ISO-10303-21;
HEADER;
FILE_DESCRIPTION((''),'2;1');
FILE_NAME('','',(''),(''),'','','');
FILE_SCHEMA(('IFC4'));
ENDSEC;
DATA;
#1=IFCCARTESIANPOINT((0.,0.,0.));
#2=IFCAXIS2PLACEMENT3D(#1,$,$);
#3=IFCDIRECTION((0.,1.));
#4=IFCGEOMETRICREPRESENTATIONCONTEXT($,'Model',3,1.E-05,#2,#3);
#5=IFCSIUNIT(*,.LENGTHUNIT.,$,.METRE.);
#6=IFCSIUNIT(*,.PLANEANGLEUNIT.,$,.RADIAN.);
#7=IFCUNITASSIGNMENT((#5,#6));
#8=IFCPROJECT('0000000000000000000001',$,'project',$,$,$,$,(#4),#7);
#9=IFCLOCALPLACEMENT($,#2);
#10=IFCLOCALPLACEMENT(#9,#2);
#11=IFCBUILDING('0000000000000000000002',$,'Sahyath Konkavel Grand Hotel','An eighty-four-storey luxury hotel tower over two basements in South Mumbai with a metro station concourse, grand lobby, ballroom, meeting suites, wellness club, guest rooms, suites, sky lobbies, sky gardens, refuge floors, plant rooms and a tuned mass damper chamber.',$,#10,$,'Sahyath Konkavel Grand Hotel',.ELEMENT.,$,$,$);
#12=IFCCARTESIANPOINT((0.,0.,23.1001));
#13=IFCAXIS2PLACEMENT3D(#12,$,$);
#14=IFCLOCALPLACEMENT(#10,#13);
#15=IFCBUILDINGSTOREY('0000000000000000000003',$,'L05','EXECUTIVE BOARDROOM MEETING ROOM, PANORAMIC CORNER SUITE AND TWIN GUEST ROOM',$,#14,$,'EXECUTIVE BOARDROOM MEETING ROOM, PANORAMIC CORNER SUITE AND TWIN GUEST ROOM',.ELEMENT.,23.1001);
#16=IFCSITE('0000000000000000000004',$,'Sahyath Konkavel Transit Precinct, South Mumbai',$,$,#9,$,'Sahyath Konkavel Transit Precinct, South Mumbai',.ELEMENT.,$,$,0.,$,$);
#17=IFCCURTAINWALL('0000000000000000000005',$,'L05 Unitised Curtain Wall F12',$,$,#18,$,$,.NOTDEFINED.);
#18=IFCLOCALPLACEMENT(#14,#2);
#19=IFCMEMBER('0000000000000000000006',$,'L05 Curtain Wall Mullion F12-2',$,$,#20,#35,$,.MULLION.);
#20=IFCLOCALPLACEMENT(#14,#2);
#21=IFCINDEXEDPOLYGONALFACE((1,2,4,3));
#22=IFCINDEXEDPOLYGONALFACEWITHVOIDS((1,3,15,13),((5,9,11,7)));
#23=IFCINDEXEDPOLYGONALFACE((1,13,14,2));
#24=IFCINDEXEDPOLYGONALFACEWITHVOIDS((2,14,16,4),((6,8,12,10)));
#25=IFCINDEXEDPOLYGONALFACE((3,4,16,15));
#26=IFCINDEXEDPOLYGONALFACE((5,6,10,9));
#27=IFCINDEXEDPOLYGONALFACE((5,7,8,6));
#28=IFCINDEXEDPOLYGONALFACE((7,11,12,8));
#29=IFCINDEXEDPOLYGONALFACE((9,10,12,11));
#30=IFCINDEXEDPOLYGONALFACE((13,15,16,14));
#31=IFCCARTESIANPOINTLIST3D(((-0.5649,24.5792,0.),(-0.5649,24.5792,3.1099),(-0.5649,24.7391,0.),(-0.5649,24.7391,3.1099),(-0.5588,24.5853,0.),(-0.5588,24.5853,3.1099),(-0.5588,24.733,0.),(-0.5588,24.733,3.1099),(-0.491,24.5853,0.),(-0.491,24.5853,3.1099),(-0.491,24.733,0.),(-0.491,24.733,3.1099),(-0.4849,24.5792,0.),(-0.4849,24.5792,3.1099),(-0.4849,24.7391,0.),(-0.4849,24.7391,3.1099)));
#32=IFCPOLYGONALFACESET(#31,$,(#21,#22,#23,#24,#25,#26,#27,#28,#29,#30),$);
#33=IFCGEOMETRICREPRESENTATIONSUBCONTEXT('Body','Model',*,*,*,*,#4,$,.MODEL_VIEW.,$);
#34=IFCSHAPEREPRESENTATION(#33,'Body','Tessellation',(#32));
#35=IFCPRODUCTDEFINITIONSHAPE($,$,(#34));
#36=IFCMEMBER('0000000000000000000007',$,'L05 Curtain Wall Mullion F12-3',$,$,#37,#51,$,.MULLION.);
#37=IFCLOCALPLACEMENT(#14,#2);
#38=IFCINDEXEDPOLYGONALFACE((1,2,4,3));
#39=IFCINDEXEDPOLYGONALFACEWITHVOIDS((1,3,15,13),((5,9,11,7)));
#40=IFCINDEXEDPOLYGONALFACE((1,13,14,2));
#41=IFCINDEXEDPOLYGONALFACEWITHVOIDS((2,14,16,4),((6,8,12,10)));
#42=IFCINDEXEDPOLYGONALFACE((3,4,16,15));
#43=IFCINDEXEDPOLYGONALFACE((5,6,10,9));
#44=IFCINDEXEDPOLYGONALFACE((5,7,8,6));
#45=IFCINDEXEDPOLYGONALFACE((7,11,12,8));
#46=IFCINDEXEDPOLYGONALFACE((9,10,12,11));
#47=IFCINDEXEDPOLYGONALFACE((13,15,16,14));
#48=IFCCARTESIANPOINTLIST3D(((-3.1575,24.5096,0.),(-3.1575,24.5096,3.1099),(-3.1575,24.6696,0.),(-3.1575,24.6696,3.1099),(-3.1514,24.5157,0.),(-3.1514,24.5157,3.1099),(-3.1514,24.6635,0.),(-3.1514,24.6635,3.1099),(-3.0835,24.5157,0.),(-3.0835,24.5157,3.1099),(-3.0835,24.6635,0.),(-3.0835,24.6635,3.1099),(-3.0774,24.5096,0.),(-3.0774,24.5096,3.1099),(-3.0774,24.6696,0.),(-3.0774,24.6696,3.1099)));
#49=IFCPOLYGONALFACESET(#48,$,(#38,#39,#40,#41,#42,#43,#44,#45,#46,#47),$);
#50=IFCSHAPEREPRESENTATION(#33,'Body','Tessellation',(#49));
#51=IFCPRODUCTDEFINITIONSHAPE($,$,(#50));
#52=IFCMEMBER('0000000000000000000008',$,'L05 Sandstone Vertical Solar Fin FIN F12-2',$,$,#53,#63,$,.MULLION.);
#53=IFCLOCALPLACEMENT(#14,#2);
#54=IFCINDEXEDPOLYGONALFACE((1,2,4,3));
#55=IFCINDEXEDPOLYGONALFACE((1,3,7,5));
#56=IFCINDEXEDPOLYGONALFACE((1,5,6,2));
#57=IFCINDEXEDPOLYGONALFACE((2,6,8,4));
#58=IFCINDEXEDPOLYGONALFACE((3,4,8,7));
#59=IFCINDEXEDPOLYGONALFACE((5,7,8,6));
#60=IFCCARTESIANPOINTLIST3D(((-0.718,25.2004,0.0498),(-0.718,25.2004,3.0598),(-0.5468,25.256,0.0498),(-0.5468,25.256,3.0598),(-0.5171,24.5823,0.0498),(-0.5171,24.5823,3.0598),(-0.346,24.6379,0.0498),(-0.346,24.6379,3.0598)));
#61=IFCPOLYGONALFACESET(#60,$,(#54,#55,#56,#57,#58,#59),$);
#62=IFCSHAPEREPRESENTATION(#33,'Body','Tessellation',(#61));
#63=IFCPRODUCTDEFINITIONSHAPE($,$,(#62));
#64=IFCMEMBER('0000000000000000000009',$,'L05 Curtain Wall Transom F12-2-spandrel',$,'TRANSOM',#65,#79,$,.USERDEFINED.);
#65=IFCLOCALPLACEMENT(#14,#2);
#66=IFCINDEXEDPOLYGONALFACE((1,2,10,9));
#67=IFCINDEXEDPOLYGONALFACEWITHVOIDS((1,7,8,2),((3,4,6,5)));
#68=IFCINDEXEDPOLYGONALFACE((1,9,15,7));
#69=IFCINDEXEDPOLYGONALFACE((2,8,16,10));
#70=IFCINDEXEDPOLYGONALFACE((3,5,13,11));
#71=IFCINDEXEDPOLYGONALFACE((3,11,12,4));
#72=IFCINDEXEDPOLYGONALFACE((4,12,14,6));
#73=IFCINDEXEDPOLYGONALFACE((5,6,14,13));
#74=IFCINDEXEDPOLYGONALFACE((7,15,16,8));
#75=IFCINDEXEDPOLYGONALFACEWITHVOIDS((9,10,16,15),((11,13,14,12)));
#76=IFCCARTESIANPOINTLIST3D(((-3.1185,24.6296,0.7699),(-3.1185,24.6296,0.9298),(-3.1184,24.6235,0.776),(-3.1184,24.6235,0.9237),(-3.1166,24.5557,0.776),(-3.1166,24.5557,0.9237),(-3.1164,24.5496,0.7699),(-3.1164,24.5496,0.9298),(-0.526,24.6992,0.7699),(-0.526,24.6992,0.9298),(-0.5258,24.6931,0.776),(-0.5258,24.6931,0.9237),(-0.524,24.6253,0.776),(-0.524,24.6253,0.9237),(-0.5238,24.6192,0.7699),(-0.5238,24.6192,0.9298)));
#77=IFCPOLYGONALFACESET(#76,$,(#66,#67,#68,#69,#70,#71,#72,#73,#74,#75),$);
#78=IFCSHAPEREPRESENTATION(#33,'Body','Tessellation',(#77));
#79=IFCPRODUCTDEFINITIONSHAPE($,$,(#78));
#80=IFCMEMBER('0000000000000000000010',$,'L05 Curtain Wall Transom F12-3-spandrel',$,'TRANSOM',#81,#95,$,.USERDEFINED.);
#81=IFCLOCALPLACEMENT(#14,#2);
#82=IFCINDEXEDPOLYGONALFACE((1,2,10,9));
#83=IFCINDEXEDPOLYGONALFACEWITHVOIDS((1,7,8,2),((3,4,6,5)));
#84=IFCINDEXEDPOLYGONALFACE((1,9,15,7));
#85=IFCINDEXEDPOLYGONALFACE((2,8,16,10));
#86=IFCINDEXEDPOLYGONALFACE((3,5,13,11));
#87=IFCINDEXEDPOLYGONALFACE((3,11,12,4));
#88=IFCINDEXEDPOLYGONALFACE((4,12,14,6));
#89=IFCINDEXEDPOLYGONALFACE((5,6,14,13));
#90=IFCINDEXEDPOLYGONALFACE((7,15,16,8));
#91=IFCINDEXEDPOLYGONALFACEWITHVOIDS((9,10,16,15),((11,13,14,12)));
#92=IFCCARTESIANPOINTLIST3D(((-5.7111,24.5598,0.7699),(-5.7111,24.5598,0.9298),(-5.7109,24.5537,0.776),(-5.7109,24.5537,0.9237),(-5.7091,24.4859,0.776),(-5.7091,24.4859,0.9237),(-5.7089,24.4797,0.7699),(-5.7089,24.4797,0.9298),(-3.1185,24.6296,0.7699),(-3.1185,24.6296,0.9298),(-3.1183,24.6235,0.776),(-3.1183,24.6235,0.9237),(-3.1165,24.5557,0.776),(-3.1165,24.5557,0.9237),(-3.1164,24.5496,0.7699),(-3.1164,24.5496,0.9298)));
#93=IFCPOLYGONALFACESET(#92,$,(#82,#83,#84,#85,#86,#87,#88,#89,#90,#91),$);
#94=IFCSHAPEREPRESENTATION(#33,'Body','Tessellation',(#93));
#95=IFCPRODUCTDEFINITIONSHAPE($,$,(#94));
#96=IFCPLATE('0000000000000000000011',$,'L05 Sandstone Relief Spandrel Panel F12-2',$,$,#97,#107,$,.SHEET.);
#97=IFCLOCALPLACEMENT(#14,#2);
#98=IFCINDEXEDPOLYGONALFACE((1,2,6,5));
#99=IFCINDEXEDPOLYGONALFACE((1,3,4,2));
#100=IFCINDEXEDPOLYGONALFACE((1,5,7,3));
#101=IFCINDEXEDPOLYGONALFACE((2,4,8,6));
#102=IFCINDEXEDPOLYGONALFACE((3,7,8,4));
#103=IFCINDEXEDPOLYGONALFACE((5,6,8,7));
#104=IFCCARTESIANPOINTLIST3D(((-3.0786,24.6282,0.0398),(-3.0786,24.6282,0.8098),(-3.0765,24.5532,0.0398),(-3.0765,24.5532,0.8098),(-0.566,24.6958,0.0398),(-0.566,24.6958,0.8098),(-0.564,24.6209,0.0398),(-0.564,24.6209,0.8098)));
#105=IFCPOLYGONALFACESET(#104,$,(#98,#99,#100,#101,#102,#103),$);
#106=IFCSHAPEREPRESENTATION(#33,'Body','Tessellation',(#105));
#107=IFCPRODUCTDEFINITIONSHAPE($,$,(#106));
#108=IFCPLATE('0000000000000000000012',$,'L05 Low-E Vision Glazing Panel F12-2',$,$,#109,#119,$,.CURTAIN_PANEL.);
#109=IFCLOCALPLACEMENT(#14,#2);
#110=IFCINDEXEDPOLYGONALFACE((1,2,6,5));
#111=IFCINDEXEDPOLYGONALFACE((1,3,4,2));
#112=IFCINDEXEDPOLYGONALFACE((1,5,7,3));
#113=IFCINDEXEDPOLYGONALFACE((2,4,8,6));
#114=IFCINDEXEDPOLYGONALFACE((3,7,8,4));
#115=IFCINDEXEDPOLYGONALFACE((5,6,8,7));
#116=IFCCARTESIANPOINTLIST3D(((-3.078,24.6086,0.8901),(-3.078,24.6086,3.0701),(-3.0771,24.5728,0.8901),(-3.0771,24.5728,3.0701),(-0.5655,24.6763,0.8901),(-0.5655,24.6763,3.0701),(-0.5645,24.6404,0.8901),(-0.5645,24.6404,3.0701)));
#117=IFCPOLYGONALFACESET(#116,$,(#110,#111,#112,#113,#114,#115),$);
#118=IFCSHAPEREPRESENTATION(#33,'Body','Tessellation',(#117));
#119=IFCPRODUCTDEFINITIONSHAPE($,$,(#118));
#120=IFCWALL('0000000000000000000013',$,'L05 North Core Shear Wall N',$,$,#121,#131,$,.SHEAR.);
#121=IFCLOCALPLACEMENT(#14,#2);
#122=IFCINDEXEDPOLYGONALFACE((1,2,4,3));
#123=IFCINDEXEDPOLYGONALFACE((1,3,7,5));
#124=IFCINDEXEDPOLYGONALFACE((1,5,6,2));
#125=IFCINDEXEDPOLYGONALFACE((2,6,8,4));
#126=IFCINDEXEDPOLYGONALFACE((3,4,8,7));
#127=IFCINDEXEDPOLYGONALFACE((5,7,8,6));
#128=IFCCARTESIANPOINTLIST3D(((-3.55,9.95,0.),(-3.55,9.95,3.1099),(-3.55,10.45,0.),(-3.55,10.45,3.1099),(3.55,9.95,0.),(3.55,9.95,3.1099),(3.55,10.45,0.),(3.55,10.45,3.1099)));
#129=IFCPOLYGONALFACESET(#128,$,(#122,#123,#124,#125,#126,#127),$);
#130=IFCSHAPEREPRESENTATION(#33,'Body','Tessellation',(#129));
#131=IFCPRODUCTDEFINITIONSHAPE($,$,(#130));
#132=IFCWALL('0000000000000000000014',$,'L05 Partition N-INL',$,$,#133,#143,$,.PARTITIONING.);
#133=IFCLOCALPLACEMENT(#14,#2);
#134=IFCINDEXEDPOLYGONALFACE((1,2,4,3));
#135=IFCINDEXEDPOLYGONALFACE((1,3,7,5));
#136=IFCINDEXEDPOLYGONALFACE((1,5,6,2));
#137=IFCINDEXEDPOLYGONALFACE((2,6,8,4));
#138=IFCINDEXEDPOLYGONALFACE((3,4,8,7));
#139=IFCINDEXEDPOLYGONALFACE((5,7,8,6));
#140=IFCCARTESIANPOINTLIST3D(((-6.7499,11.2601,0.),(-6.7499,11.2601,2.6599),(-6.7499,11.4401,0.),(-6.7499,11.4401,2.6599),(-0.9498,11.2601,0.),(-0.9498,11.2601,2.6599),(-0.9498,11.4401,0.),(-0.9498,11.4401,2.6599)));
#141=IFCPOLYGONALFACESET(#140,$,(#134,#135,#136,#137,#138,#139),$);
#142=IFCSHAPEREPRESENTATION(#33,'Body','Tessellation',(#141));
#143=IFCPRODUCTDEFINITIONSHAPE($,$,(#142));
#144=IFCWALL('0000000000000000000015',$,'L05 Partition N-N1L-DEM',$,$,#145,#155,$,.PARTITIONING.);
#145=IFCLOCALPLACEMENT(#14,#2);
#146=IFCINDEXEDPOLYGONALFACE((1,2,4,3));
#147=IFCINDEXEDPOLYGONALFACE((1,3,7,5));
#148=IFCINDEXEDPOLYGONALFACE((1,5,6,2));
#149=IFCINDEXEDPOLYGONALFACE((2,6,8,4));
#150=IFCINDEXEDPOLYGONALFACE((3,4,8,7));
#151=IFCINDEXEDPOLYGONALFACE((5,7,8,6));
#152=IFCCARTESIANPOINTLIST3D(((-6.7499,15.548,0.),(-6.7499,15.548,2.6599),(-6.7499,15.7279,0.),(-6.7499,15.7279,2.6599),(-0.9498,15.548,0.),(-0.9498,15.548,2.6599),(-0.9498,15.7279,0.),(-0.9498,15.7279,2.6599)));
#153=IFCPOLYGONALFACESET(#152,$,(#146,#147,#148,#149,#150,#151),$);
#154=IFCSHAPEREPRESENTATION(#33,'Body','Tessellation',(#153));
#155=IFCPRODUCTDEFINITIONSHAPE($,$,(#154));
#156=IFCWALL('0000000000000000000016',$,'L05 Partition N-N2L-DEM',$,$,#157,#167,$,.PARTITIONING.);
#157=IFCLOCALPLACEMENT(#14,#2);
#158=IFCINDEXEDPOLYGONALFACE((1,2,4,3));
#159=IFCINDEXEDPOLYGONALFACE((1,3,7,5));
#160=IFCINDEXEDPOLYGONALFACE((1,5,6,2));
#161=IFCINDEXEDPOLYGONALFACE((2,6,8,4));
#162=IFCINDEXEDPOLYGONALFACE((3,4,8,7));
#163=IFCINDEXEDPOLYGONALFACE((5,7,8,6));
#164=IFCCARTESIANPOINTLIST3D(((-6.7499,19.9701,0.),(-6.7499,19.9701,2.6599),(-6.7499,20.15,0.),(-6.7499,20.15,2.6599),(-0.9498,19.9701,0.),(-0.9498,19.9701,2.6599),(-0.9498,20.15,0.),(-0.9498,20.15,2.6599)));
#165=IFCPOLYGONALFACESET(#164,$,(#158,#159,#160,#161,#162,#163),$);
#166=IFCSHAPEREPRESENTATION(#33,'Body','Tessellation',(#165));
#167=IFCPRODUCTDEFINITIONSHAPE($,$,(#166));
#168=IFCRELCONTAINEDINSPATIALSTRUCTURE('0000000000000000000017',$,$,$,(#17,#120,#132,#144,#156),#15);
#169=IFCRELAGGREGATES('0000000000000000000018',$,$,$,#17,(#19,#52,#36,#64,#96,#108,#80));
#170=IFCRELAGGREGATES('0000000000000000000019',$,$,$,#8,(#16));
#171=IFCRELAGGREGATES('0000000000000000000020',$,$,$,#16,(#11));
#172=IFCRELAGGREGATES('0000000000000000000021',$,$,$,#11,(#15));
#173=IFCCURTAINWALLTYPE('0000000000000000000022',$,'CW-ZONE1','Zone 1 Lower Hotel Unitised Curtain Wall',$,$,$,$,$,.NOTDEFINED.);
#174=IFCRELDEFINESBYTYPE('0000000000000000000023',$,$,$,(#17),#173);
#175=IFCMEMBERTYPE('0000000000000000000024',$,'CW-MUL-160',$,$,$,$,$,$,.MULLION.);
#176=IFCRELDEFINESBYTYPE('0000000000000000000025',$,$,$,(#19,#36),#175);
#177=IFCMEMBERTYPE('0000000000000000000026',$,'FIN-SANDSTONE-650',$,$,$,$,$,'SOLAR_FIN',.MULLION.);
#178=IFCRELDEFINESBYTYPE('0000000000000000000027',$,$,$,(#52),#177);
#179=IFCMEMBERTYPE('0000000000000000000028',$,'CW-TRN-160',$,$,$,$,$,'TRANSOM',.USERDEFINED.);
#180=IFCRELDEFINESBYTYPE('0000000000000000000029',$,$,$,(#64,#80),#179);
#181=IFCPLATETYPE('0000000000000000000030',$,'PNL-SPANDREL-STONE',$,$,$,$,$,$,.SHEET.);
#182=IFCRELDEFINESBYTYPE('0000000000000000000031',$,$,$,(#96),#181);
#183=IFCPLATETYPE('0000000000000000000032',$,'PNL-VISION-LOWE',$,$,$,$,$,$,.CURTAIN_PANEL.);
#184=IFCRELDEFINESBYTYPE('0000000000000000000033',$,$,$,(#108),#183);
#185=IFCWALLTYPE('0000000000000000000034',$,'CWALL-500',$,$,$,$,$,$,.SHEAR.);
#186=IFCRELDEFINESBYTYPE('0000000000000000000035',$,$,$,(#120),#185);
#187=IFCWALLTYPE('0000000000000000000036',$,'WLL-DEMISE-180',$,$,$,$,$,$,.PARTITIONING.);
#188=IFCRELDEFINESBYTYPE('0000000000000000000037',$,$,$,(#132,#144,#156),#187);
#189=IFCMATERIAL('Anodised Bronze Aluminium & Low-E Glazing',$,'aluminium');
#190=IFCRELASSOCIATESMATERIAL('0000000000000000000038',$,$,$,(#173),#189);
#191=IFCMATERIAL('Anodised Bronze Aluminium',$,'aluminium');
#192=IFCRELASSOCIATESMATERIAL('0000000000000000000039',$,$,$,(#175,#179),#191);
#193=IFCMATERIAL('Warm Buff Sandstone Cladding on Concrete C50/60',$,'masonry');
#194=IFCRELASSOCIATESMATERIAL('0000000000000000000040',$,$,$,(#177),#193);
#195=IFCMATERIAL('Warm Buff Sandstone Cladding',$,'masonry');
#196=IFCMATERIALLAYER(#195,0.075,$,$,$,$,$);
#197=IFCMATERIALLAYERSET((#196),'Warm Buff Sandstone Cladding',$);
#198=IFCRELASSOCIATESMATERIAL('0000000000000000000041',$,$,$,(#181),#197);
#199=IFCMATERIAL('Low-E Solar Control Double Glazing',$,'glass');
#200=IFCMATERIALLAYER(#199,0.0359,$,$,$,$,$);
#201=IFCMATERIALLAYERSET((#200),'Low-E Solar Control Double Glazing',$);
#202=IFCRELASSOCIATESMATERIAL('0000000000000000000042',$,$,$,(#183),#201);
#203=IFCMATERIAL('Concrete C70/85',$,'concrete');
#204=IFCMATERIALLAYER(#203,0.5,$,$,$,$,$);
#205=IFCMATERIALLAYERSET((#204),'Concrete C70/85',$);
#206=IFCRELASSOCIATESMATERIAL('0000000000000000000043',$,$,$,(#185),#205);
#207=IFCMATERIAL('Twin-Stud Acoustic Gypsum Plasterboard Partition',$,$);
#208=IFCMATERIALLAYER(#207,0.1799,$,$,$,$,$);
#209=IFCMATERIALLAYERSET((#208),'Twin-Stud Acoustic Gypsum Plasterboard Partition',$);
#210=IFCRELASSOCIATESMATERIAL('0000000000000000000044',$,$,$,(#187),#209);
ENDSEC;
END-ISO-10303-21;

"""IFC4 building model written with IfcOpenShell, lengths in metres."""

from ifc_helpers import new_model, si_unit, direction, frame, frame_2d, origin, origin_2d, place, context, subcontext, project, spatial, rectangle, hollow_rectangle, extrude, source, transform, mapped, material, layer, layer_set, material_profile, profile_set, type_object, element, aggregate, save


model = new_model("IFC4")

# Units and contexts
model_context = context("Model", 3, precision=1e-05, world=origin(), true_north=direction((0.0, 1.0)))
body_context = subcontext(model_context, "Body", "Model", "MODEL_VIEW")
ifc_project = project(units=[si_unit("LENGTHUNIT", "METRE"), si_unit("PLANEANGLEUNIT", "RADIAN")], contexts=[model_context])

# Site, building, storey
site_placement = place(None, origin())
site = spatial("IfcSite", under=ifc_project, at=site_placement, Name="Sahyath Konkavel Transit Precinct, South Mumbai", LongName="Sahyath Konkavel Transit Precinct, South Mumbai", CompositionType="ELEMENT", RefElevation=0.0)
building_placement = place(site_placement, origin())
building = spatial("IfcBuilding", under=site, at=building_placement, Name="Sahyath Konkavel Grand Hotel", Description="An eighty-four-storey luxury hotel tower over two basements in South Mumbai with a metro station concourse, grand lobby, ballroom, meeting suites, wellness club, guest rooms, suites, sky lobbies, sky gardens, refuge floors, plant rooms and a tuned mass damper chamber.", LongName="Sahyath Konkavel Grand Hotel", CompositionType="ELEMENT")
storey_placement = place(building_placement, frame((0.0, 0.0, 23.1001)))
storey = spatial("IfcBuildingStorey", under=building, at=storey_placement, Name="L05", Description="EXECUTIVE BOARDROOM MEETING ROOM, PANORAMIC CORNER SUITE AND TWIN GUEST ROOM", LongName="EXECUTIVE BOARDROOM MEETING ROOM, PANORAMIC CORNER SUITE AND TWIN GUEST ROOM", CompositionType="ELEMENT", Elevation=23.1001)

# Curtain wall, members, plates
ifc_material_1 = material(Name="Anodised Bronze Aluminium & Low-E Glazing", Category="aluminium")
curtain_wall_type = type_object("IfcCurtainWallType", Name="CW-ZONE1", Description="Zone 1 Lower Hotel Unitised Curtain Wall", PredefinedType="NOTDEFINED", material=ifc_material_1)
curtain_wall_placement = place(storey_placement, origin())
curtain_wall = element("IfcCurtainWall", 1, at=curtain_wall_placement, inside=storey, type_object=curtain_wall_type, Name="L05 Unitised Curtain Wall F12", PredefinedType="NOTDEFINED")
ifc_material_2 = material(Name="Anodised Bronze Aluminium", Category="aluminium")
ifc_material_profile_1 = material_profile(ifc_material_2, hollow_rectangle(XDim=0.0801, YDim=0.1599, WallThickness=0.0061, at=origin_2d()), Name="RHS 160x80x6")
ifc_profile_set_1 = profile_set([ifc_material_profile_1], Name="Anodised Bronze Aluminium")
member_type_1 = type_object("IfcMemberType", Name="CW-MUL-160", PredefinedType="MULLION", material=ifc_profile_set_1)
shared_shape_1 = source(origin(), body_context, "Body", "SweptSolid", [
    extrude(hollow_rectangle(XDim=0.0801, YDim=0.1599, WallThickness=0.0061, at=origin_2d()), origin(), (0.0, 0.0, 1.0), 3.1099),
])
member_1_placement = place(storey_placement, frame((-0.5249, 24.6592, 0.0), z_axis=(0.0, 0.0, 1.0), x_axis=(1.0, 0.0, 0.0)))
member_1 = element("IfcMember", 2, at=member_1_placement, type_object=member_type_1, Name="L05 Curtain Wall Mullion F12-2", PredefinedType="MULLION", context=body_context, shape_type="MappedRepresentation", body=[
    mapped(shared_shape_1, transform((0.0, 0.0, 0.0), scale=1.0)),
])
member_2_placement = place(storey_placement, frame((-3.1174, 24.5896, 0.0), z_axis=(0.0, 0.0, 1.0), x_axis=(1.0, 0.0, 0.0)))
member_2 = element("IfcMember", 3, at=member_2_placement, type_object=member_type_1, Name="L05 Curtain Wall Mullion F12-3", PredefinedType="MULLION", context=body_context, shape_type="MappedRepresentation", body=[
    mapped(shared_shape_1, transform((0.0, 0.0, 0.0), scale=1.0)),
])
ifc_material_3 = material(Name="Warm Buff Sandstone Cladding on Concrete C50/60", Category="masonry")
ifc_material_profile_2 = material_profile(ifc_material_3, rectangle(XDim=0.1799, YDim=0.6499, at=origin_2d()), Name="FIN 180x650")
ifc_profile_set_2 = profile_set([ifc_material_profile_2], Name="Warm Buff Sandstone Cladding on Concrete C50/60")
member_type_2 = type_object("IfcMemberType", Name="FIN-SANDSTONE-650", ElementType="SOLAR_FIN", PredefinedType="MULLION", material=ifc_profile_set_2)
shared_shape_2 = source(origin(), body_context, "Body", "SweptSolid", [
    extrude(rectangle(XDim=0.1799, YDim=0.6499, at=origin_2d()), origin(), (0.0, 0.0, 1.0), 3.01),
])
member_3_placement = place(storey_placement, frame((-0.532, 24.9192, 0.0498), z_axis=(0.0, 0.0, 1.0), x_axis=(0.951057, 0.309017, 0.0)))
member_3 = element("IfcMember", 4, at=member_3_placement, type_object=member_type_2, Name="L05 Sandstone Vertical Solar Fin FIN F12-2", PredefinedType="MULLION", context=body_context, shape_type="MappedRepresentation", body=[
    mapped(shared_shape_2, transform((0.0, 0.0, 0.0), scale=1.0)),
])
ifc_material_profile_3 = material_profile(ifc_material_2, hollow_rectangle(XDim=0.0801, YDim=0.1599, WallThickness=0.0061, at=origin_2d()), Name="RHS 160x80x6")
ifc_profile_set_3 = profile_set([ifc_material_profile_3], Name="Anodised Bronze Aluminium")
member_type_3 = type_object("IfcMemberType", Name="CW-TRN-160", ElementType="TRANSOM", PredefinedType="USERDEFINED", material=ifc_profile_set_3)
shared_shape_3 = source(origin(), body_context, "Body", "SweptSolid", [
    extrude(hollow_rectangle(XDim=0.0801, YDim=0.1599, WallThickness=0.0061, at=origin_2d()), origin(), (0.0, 0.0, 1.0), 2.5935),
])
member_4_placement = place(storey_placement, frame((-0.5249, 24.6592, 0.8499), z_axis=(-0.99964, -0.026829, 0.0), x_axis=(0.026829, -0.99964, 0.0)))
member_4 = element("IfcMember", 5, at=member_4_placement, type_object=member_type_3, Name="L05 Curtain Wall Transom F12-2-spandrel", ObjectType="TRANSOM", PredefinedType="USERDEFINED", context=body_context, shape_type="MappedRepresentation", body=[
    mapped(shared_shape_3, transform((0.0, 0.0, 0.0), scale=1.0)),
])
member_5_placement = place(storey_placement, frame((-3.1174, 24.5896, 0.8499), z_axis=(-0.999638, -0.026923, 0.0), x_axis=(0.026923, -0.999638, 0.0)))
member_5 = element("IfcMember", 6, at=member_5_placement, type_object=member_type_3, Name="L05 Curtain Wall Transom F12-3-spandrel", ObjectType="TRANSOM", PredefinedType="USERDEFINED", context=body_context, shape_type="MappedRepresentation", body=[
    mapped(shared_shape_3, transform((0.0, 0.0, 0.0), scale=1.0)),
])
ifc_material_4 = material(Name="Warm Buff Sandstone Cladding", Category="masonry")
ifc_layer_1 = layer(ifc_material_4, 0.075)
ifc_layer_set_1 = layer_set([ifc_layer_1], Name="Warm Buff Sandstone Cladding")
plate_type_1 = type_object("IfcPlateType", Name="PNL-SPANDREL-STONE", PredefinedType="SHEET", material=ifc_layer_set_1)
shared_shape_4 = source(origin(), body_context, "Body", "SweptSolid", [
    extrude(rectangle(XDim=2.5134, YDim=0.075, at=origin_2d()), origin(), (0.0, 0.0, 1.0), 0.77),
])
plate_1_placement = place(storey_placement, frame((-1.8213, 24.6245, 0.0398), z_axis=(0.0, 0.0, 1.0), x_axis=(-0.999638, -0.02691, 0.0)))
plate_1 = element("IfcPlate", 7, at=plate_1_placement, type_object=plate_type_1, Name="L05 Sandstone Relief Spandrel Panel F12-2", PredefinedType="SHEET", context=body_context, shape_type="MappedRepresentation", body=[
    mapped(shared_shape_4, transform((0.0, 0.0, 0.0), scale=1.0)),
])
ifc_material_5 = material(Name="Low-E Solar Control Double Glazing", Category="glass")
ifc_layer_2 = layer(ifc_material_5, 0.0359)
ifc_layer_set_2 = layer_set([ifc_layer_2], Name="Low-E Solar Control Double Glazing")
plate_type_2 = type_object("IfcPlateType", Name="PNL-VISION-LOWE", PredefinedType="CURTAIN_PANEL", material=ifc_layer_set_2)
shared_shape_5 = source(origin(), body_context, "Body", "SweptSolid", [
    extrude(rectangle(XDim=2.5134, YDim=0.0359, at=origin_2d()), origin(), (0.0, 0.0, 1.0), 2.1799),
])
plate_2_placement = place(storey_placement, frame((-1.8213, 24.6245, 0.8901), z_axis=(0.0, 0.0, 1.0), x_axis=(-0.999638, -0.02691, 0.0)))
plate_2 = element("IfcPlate", 8, at=plate_2_placement, type_object=plate_type_2, Name="L05 Low-E Vision Glazing Panel F12-2", PredefinedType="CURTAIN_PANEL", context=body_context, shape_type="MappedRepresentation", body=[
    mapped(shared_shape_5, transform((0.0, 0.0, 0.0), scale=1.0)),
])
aggregate(curtain_wall, [member_1, member_3, member_2, member_4, plate_1, plate_2, member_5])

# Walls
ifc_material_6 = material(Name="Concrete C70/85", Category="concrete")
ifc_layer_3 = layer(ifc_material_6, 0.5)
ifc_layer_set_3 = layer_set([ifc_layer_3], Name="Concrete C70/85")
wall_type_1 = type_object("IfcWallType", Name="CWALL-500", PredefinedType="SHEAR", material=ifc_layer_set_3)
wall_1_placement = place(storey_placement, frame((-3.55, 10.2, 0.0), z_axis=(0.0, 0.0, 1.0), x_axis=(1.0, 0.0, 0.0)))
element("IfcWall", 9, at=wall_1_placement, inside=storey, type_object=wall_type_1, Name="L05 North Core Shear Wall N", PredefinedType="SHEAR", context=body_context, shape_type="SweptSolid", body=[
    extrude(rectangle(XDim=7.1001, YDim=0.5, at=frame_2d((3.55, 0.0))), origin(), (0.0, 0.0, 1.0), 3.1099),
])
ifc_material_7 = material(Name="Twin-Stud Acoustic Gypsum Plasterboard Partition")
ifc_layer_4 = layer(ifc_material_7, 0.1799)
ifc_layer_set_4 = layer_set([ifc_layer_4], Name="Twin-Stud Acoustic Gypsum Plasterboard Partition")
wall_type_2 = type_object("IfcWallType", Name="WLL-DEMISE-180", PredefinedType="PARTITIONING", material=ifc_layer_set_4)
for number, where, z_axis, x_axis, name in (
    (10, (-0.95, 11.3501, 0.0), (0.0, 0.0, 1.0), (-1.0, 0.0, 0.0), "L05 Partition N-INL"),
    (11, (-0.95, 15.6379, 0.0), (0.0, 0.0, 1.0), (-1.0, 0.0, 0.0), "L05 Partition N-N1L-DEM"),
    (12, (-0.95, 20.0601, 0.0), (0.0, 0.0, 1.0), (-1.0, 0.0, 0.0), "L05 Partition N-N2L-DEM"),
):
    element("IfcWall", number, at=place(storey_placement, frame(where, z_axis=z_axis, x_axis=x_axis)), inside=storey, type_object=wall_type_2, Name=name, PredefinedType="PARTITIONING", context=body_context, shape_type="SweptSolid", body=[
        extrude(rectangle(XDim=5.8, YDim=0.1799, at=frame_2d((2.8999, 0.0))), origin(), (0.0, 0.0, 1.0), 2.6599),
    ])

save(model, "model.ifc")
